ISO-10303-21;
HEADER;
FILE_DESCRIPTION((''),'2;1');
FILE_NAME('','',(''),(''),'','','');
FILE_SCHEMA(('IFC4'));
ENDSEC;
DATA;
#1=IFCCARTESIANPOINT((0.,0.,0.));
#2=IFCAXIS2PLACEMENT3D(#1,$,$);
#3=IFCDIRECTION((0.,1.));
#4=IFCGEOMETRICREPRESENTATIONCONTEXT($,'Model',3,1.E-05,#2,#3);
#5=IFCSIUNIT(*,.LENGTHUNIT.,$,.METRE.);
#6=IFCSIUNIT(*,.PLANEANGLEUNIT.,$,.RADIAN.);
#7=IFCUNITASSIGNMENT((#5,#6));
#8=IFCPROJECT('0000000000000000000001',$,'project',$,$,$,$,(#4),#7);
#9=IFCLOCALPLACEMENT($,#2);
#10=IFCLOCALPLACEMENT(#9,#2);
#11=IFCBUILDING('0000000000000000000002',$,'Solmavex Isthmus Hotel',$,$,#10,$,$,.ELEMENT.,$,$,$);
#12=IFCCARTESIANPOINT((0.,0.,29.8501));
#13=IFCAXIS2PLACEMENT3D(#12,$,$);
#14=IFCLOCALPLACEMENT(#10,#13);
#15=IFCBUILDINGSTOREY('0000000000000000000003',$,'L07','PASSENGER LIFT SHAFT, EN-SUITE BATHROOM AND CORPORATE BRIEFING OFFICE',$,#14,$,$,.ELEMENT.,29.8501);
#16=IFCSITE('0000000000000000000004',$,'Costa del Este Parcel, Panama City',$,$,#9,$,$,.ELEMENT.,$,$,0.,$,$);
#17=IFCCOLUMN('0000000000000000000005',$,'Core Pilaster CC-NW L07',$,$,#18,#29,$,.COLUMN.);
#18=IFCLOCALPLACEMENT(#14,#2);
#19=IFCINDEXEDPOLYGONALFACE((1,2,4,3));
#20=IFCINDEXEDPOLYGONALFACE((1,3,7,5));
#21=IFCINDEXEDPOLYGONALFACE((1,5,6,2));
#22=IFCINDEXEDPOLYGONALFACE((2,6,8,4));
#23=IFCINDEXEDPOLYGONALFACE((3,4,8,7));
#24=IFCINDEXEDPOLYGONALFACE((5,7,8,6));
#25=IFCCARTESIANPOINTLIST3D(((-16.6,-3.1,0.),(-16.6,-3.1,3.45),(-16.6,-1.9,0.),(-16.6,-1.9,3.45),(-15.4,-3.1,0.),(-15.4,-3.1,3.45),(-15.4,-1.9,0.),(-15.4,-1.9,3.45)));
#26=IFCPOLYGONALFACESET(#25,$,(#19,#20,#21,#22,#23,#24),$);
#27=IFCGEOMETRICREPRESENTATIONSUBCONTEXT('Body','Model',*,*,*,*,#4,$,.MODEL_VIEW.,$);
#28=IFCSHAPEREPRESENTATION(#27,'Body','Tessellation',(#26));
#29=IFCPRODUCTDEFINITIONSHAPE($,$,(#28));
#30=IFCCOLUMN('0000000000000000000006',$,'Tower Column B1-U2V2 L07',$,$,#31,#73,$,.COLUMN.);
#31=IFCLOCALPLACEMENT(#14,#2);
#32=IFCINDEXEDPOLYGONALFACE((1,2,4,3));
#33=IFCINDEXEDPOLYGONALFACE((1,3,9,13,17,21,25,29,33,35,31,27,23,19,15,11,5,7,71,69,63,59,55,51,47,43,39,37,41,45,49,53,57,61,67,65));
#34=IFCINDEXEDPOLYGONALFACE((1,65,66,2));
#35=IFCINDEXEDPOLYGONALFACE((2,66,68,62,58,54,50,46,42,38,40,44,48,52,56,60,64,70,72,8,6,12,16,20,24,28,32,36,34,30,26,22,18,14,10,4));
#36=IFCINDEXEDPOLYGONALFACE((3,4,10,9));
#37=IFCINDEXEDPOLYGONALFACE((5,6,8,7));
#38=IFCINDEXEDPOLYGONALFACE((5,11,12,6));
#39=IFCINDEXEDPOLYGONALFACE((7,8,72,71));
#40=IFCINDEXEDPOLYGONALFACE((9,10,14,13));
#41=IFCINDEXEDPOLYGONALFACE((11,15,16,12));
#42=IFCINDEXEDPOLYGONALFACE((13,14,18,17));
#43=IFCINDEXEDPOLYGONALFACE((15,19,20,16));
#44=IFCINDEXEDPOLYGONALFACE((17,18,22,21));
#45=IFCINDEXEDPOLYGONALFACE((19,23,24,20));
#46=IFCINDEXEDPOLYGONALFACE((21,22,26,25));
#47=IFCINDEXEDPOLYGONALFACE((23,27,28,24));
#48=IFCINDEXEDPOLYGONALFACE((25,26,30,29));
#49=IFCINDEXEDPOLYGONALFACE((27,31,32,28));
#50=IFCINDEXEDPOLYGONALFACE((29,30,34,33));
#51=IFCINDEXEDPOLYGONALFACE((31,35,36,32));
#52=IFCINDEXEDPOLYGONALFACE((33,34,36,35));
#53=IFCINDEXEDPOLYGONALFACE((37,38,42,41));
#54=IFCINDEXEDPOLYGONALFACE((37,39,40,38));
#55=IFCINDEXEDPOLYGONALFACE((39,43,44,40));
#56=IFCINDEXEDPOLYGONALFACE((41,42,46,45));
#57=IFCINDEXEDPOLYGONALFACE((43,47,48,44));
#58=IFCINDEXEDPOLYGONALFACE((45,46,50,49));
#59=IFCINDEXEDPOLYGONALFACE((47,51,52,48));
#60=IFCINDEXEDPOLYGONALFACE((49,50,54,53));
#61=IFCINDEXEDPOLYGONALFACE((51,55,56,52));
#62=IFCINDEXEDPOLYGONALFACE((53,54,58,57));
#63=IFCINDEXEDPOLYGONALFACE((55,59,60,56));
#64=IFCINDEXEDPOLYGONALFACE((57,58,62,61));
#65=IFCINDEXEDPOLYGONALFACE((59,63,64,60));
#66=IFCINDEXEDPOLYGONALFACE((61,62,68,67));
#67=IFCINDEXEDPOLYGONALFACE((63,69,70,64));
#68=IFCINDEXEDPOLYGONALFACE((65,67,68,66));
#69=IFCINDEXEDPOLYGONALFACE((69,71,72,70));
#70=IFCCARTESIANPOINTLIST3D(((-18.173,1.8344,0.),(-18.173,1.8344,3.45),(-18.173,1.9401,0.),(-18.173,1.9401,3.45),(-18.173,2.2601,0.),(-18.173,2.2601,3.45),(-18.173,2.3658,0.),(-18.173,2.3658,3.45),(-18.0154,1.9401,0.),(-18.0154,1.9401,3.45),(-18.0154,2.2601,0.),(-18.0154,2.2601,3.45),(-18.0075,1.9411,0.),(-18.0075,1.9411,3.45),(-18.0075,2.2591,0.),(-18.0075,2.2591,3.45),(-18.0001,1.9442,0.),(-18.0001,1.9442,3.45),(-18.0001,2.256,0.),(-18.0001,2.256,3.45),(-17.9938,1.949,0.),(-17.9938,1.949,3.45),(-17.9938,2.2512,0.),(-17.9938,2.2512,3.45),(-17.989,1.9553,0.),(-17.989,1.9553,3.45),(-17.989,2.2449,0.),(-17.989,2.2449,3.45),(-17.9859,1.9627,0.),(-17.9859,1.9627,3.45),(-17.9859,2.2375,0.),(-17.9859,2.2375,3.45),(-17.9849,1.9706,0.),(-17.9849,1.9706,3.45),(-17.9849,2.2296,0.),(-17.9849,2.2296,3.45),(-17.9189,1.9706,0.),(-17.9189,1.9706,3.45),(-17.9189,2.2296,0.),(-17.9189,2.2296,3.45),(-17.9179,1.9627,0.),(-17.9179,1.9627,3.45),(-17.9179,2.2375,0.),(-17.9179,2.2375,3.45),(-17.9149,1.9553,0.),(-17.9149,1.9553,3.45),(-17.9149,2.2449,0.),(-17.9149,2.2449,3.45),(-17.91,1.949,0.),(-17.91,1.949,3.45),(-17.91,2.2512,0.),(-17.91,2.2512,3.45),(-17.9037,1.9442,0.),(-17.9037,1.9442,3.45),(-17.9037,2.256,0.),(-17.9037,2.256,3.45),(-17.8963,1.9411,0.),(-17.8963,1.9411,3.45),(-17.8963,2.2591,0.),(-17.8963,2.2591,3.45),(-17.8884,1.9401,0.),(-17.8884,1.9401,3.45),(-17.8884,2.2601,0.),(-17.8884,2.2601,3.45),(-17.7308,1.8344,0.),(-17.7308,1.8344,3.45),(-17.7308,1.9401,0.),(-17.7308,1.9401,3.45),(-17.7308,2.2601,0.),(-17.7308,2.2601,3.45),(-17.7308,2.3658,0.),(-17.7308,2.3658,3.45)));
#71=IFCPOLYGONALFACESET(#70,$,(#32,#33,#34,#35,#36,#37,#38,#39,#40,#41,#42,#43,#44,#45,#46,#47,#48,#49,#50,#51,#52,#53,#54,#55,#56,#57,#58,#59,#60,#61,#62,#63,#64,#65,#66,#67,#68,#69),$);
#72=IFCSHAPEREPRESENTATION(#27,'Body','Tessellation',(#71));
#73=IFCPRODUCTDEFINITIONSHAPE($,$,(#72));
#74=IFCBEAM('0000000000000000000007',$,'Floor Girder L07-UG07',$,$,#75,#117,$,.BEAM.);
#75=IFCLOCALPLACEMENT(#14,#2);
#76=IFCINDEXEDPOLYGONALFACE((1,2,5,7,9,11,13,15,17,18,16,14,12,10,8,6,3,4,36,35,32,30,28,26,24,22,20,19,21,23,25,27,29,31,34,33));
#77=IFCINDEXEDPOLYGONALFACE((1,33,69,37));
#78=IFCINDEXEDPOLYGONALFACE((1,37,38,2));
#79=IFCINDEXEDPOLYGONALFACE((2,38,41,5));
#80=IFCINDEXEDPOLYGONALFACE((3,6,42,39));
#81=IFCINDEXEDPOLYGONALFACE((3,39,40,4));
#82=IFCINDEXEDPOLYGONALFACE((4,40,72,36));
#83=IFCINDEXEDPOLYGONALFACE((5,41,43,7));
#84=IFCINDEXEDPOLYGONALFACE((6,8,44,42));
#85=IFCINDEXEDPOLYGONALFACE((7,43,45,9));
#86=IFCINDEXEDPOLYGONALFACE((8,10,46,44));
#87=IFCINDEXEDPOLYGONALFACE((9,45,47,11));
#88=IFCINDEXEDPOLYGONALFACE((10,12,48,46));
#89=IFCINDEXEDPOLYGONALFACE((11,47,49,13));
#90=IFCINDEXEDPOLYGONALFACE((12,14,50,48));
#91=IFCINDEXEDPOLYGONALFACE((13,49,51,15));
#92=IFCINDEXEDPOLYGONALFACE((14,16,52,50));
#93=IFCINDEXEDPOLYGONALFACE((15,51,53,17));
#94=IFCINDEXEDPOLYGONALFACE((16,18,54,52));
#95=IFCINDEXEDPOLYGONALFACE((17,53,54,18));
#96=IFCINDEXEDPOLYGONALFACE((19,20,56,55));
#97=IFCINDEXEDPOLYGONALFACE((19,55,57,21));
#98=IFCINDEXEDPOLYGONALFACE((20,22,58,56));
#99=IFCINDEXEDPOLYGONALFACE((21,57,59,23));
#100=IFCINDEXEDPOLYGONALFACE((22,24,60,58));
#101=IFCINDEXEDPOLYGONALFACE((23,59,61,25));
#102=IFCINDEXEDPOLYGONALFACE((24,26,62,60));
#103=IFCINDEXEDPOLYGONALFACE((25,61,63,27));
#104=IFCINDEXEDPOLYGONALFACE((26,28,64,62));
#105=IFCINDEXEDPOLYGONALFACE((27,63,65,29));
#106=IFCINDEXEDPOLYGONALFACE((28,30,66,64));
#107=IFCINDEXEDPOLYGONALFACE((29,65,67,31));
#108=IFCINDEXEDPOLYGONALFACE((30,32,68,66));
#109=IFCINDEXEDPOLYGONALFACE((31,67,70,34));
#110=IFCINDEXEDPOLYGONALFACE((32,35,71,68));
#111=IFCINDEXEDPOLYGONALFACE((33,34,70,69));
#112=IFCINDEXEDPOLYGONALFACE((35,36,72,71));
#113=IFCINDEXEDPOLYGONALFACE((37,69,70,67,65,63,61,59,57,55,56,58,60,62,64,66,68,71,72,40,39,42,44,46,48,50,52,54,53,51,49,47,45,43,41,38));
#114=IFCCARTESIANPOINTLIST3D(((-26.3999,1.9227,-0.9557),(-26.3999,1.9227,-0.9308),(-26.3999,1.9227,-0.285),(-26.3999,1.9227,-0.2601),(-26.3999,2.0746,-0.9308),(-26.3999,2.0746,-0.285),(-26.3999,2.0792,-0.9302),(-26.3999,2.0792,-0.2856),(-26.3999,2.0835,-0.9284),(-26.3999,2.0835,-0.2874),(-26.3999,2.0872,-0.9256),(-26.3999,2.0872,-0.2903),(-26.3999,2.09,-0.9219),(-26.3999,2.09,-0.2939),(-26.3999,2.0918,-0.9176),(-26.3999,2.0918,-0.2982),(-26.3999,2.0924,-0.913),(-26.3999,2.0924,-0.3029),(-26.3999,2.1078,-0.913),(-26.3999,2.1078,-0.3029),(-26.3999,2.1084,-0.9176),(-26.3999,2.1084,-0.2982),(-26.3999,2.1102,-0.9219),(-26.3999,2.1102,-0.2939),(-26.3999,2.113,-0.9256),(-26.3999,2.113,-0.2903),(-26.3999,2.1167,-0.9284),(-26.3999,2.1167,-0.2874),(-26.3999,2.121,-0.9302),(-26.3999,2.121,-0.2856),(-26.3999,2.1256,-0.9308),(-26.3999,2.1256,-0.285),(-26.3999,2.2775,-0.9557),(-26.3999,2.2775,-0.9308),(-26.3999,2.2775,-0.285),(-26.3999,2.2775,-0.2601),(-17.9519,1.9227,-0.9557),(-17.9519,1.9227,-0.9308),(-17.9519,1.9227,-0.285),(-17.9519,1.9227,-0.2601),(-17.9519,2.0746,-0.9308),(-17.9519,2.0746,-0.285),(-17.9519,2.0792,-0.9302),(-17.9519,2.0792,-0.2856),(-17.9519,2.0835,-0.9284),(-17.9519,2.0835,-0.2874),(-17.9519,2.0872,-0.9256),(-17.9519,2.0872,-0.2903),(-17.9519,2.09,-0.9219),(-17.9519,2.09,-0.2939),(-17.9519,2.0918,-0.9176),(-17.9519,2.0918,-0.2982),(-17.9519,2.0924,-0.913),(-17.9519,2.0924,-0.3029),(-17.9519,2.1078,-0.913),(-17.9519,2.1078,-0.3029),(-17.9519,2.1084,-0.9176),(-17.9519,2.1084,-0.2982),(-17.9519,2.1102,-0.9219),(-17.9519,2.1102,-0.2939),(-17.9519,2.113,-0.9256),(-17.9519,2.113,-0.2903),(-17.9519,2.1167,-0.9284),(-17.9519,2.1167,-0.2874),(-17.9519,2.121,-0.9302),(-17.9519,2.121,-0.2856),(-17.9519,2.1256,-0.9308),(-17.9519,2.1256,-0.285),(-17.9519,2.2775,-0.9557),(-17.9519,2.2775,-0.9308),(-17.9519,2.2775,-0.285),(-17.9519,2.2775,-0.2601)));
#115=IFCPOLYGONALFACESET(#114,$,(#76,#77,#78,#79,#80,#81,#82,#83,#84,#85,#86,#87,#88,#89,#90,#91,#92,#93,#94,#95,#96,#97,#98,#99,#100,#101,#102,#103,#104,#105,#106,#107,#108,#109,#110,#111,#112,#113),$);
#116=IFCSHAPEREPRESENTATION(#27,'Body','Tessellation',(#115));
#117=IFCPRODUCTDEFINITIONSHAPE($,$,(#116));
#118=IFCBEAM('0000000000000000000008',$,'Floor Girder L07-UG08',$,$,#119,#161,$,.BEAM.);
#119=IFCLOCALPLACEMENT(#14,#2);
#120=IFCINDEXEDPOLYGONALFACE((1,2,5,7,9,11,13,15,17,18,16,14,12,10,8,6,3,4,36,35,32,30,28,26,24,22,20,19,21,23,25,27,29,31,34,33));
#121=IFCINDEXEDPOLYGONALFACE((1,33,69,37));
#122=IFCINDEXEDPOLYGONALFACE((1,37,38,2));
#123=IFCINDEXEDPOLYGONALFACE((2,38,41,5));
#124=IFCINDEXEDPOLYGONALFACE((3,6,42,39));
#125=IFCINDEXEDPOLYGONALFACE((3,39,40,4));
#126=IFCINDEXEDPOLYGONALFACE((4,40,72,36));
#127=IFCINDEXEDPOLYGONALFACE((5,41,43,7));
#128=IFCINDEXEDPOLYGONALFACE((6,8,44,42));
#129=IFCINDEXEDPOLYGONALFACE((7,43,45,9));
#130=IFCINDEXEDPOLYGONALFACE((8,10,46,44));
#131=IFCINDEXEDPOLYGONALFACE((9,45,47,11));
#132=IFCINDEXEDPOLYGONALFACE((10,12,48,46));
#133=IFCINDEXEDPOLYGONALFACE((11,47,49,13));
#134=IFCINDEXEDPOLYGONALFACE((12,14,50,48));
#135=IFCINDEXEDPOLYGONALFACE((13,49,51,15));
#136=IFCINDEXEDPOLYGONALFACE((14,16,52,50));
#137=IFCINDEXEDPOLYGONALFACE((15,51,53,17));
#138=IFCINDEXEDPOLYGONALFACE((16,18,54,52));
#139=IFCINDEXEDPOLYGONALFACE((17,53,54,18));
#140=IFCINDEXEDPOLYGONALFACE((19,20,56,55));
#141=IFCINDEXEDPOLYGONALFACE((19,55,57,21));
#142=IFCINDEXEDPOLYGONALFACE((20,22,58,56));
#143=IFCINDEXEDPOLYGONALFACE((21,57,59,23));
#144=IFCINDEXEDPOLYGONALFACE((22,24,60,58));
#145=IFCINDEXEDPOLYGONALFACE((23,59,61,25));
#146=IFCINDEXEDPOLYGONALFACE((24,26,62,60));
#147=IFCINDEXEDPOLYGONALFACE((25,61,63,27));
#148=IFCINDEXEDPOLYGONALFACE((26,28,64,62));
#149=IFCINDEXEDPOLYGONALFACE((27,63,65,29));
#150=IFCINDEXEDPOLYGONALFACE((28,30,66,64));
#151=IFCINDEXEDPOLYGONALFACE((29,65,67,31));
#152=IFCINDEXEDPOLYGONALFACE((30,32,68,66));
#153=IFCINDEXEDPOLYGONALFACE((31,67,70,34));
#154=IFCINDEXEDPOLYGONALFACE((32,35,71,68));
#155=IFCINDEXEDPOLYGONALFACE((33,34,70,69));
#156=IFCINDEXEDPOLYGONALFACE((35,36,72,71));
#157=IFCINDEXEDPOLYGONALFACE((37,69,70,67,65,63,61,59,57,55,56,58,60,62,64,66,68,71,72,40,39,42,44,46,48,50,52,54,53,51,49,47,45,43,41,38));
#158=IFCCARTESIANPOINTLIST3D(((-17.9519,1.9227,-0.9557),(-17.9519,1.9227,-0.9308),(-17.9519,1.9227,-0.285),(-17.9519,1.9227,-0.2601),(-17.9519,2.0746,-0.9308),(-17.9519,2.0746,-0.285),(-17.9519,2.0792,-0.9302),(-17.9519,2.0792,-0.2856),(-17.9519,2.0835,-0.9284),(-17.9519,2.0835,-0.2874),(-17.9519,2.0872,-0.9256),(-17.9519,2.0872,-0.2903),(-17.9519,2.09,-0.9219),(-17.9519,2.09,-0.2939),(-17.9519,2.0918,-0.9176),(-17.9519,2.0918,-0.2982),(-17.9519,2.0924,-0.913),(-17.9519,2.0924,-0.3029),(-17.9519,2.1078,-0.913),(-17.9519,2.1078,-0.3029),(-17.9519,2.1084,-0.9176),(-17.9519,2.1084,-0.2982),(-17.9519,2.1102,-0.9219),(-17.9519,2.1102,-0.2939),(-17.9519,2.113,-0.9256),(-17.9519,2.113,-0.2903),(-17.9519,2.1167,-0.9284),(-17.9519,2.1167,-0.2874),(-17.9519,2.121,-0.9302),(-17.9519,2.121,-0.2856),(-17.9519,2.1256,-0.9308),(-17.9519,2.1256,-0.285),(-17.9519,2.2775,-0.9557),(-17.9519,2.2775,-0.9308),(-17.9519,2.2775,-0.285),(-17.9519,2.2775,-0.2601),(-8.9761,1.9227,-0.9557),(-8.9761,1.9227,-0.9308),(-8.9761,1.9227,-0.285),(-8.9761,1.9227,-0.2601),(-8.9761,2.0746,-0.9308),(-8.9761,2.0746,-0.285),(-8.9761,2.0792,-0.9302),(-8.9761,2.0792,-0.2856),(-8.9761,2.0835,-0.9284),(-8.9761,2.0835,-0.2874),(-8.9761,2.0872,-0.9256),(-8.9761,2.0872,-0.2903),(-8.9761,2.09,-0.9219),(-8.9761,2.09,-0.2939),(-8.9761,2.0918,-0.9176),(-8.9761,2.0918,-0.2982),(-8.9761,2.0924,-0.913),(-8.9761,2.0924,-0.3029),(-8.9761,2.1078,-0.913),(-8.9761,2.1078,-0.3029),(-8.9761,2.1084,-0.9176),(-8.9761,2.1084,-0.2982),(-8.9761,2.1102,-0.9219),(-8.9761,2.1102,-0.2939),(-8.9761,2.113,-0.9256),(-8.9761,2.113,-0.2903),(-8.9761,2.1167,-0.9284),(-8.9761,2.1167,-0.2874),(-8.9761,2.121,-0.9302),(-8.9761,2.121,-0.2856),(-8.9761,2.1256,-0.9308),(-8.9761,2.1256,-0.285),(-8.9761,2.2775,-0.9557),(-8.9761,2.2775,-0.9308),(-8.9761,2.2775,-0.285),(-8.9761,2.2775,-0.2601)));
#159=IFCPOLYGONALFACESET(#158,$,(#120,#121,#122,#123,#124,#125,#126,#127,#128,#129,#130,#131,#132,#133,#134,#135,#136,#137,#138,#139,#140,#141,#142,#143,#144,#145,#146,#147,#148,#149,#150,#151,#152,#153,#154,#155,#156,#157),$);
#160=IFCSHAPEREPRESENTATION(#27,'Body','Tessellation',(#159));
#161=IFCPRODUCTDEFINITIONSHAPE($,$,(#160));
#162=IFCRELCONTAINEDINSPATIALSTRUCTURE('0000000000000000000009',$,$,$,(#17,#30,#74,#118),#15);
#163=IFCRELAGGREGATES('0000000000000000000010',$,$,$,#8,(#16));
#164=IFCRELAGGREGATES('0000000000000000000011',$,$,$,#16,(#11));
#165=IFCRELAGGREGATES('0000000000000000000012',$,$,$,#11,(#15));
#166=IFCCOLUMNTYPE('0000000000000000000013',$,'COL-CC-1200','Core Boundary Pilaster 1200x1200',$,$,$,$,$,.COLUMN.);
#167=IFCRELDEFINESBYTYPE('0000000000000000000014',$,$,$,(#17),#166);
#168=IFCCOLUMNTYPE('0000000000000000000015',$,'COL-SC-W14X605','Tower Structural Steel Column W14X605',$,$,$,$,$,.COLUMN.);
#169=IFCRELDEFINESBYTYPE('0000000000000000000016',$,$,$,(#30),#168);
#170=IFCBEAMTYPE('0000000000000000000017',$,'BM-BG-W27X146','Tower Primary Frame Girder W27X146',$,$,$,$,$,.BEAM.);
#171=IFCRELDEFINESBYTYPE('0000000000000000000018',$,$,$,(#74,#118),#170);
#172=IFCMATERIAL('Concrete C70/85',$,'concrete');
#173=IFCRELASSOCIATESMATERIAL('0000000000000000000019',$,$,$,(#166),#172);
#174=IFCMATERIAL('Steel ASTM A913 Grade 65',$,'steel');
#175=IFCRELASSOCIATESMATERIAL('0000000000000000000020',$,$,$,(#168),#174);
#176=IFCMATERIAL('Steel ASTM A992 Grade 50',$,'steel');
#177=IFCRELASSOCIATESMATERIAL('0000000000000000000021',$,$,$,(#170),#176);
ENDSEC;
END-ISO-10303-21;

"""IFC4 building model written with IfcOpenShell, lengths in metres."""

from ifc_helpers import new_model, si_unit, direction, frame, origin, origin_2d, place, context, subcontext, project, spatial, rectangle, i_section, extrude, material, material_profile, profile_set, type_object, element, save


model = new_model("IFC4")

# Units and contexts
model_context = context("Model", 3, precision=1e-05, world=origin(), true_north=direction((0.0, 1.0)))
body_context = subcontext(model_context, "Body", "Model", "MODEL_VIEW")
ifc_project = project(units=[si_unit("LENGTHUNIT", "METRE"), si_unit("PLANEANGLEUNIT", "RADIAN")], contexts=[model_context])

# Site, building, storey
site_placement = place(None, origin())
site = spatial("IfcSite", under=ifc_project, at=site_placement, Name="Costa del Este Parcel, Panama City", CompositionType="ELEMENT", RefElevation=0.0)
building_placement = place(site_placement, origin())
building = spatial("IfcBuilding", under=site, at=building_placement, Name="Solmavex Isthmus Hotel", CompositionType="ELEMENT")
storey_placement = place(building_placement, frame((0.0, 0.0, 29.8501)))
storey = spatial("IfcBuildingStorey", under=building, at=storey_placement, Name="L07", Description="PASSENGER LIFT SHAFT, EN-SUITE BATHROOM AND CORPORATE BRIEFING OFFICE", CompositionType="ELEMENT", Elevation=29.8501)

# Columns
ifc_material_1 = material(Name="Concrete C70/85", Category="concrete")
ifc_material_profile_1 = material_profile(ifc_material_1, rectangle(XDim=1.2, YDim=1.2, at=origin_2d()), Name="RC1200X1200")
ifc_profile_set_1 = profile_set([ifc_material_profile_1], Name="Concrete C70/85")
column_type_1 = type_object("IfcColumnType", Name="COL-CC-1200", Description="Core Boundary Pilaster 1200x1200", PredefinedType="COLUMN", material=ifc_profile_set_1)
column_1_placement = place(storey_placement, frame((-16.0, -2.5, 0.0), z_axis=(0.0, 0.0, 1.0), x_axis=(1.0, 0.0, 0.0)))
element("IfcColumn", 1, at=column_1_placement, inside=storey, type_object=column_type_1, Name="Core Pilaster CC-NW L07", PredefinedType="COLUMN", context=body_context, shape_type="SweptSolid", body=[
    extrude(rectangle(XDim=1.2, YDim=1.2, at=origin_2d()), origin(), (0.0, 0.0, 1.0), 3.45),
])
ifc_material_2 = material(Name="Steel ASTM A913 Grade 65", Category="steel")
ifc_material_profile_2 = material_profile(ifc_material_2, i_section(OverallWidth=0.4421, OverallDepth=0.5315, WebThickness=0.0659, FlangeThickness=0.1057, FilletRadius=0.0305, at=origin_2d()), Name="W14X605")
ifc_profile_set_2 = profile_set([ifc_material_profile_2], Name="Steel ASTM A913 Grade 65")
column_type_2 = type_object("IfcColumnType", Name="COL-SC-W14X605", Description="Tower Structural Steel Column W14X605", PredefinedType="COLUMN", material=ifc_profile_set_2)
column_2_placement = place(storey_placement, frame((-17.9519, 2.1001, 0.0), z_axis=(0.0, 0.0, 1.0), x_axis=(1.0, 0.0, 0.0)))
element("IfcColumn", 2, at=column_2_placement, inside=storey, type_object=column_type_2, Name="Tower Column B1-U2V2 L07", PredefinedType="COLUMN", context=body_context, shape_type="SweptSolid", body=[
    extrude(i_section(OverallWidth=0.4421, OverallDepth=0.5315, WebThickness=0.0659, FlangeThickness=0.1057, FilletRadius=0.0305, at=origin_2d()), origin(), (0.0, 0.0, 1.0), 3.45),
])

# Beams
ifc_material_3 = material(Name="Steel ASTM A992 Grade 50", Category="steel")
ifc_material_profile_3 = material_profile(ifc_material_3, i_section(OverallWidth=0.3547, OverallDepth=0.6956, WebThickness=0.0154, FlangeThickness=0.0249, FilletRadius=0.0178, at=origin_2d()), Name="W27X146")
ifc_profile_set_3 = profile_set([ifc_material_profile_3], Name="Steel ASTM A992 Grade 50")
beam_type_1 = type_object("IfcBeamType", Name="BM-BG-W27X146", Description="Tower Primary Frame Girder W27X146", PredefinedType="BEAM", material=ifc_profile_set_3)
beam_1_placement = place(storey_placement, frame((-26.3999, 2.1001, -0.6079), z_axis=(1.0, 0.0, 0.0), x_axis=(0.0, 1.0, 0.0)))
element("IfcBeam", 3, at=beam_1_placement, inside=storey, type_object=beam_type_1, Name="Floor Girder L07-UG07", PredefinedType="BEAM", context=body_context, shape_type="SweptSolid", body=[
    extrude(i_section(OverallWidth=0.3547, OverallDepth=0.6956, WebThickness=0.0154, FlangeThickness=0.0249, FilletRadius=0.0178, at=origin_2d()), origin(), (0.0, 0.0, 1.0), 8.448),
])
beam_2_placement = place(storey_placement, frame((-17.9519, 2.1001, -0.6079), z_axis=(1.0, 0.0, 0.0), x_axis=(0.0, 1.0, 0.0)))
element("IfcBeam", 4, at=beam_2_placement, inside=storey, type_object=beam_type_1, Name="Floor Girder L07-UG08", PredefinedType="BEAM", context=body_context, shape_type="SweptSolid", body=[
    extrude(i_section(OverallWidth=0.3547, OverallDepth=0.6956, WebThickness=0.0154, FlangeThickness=0.0249, FilletRadius=0.0178, at=origin_2d()), origin(), (0.0, 0.0, 1.0), 8.9758),
])

save(model, "model.ifc")
